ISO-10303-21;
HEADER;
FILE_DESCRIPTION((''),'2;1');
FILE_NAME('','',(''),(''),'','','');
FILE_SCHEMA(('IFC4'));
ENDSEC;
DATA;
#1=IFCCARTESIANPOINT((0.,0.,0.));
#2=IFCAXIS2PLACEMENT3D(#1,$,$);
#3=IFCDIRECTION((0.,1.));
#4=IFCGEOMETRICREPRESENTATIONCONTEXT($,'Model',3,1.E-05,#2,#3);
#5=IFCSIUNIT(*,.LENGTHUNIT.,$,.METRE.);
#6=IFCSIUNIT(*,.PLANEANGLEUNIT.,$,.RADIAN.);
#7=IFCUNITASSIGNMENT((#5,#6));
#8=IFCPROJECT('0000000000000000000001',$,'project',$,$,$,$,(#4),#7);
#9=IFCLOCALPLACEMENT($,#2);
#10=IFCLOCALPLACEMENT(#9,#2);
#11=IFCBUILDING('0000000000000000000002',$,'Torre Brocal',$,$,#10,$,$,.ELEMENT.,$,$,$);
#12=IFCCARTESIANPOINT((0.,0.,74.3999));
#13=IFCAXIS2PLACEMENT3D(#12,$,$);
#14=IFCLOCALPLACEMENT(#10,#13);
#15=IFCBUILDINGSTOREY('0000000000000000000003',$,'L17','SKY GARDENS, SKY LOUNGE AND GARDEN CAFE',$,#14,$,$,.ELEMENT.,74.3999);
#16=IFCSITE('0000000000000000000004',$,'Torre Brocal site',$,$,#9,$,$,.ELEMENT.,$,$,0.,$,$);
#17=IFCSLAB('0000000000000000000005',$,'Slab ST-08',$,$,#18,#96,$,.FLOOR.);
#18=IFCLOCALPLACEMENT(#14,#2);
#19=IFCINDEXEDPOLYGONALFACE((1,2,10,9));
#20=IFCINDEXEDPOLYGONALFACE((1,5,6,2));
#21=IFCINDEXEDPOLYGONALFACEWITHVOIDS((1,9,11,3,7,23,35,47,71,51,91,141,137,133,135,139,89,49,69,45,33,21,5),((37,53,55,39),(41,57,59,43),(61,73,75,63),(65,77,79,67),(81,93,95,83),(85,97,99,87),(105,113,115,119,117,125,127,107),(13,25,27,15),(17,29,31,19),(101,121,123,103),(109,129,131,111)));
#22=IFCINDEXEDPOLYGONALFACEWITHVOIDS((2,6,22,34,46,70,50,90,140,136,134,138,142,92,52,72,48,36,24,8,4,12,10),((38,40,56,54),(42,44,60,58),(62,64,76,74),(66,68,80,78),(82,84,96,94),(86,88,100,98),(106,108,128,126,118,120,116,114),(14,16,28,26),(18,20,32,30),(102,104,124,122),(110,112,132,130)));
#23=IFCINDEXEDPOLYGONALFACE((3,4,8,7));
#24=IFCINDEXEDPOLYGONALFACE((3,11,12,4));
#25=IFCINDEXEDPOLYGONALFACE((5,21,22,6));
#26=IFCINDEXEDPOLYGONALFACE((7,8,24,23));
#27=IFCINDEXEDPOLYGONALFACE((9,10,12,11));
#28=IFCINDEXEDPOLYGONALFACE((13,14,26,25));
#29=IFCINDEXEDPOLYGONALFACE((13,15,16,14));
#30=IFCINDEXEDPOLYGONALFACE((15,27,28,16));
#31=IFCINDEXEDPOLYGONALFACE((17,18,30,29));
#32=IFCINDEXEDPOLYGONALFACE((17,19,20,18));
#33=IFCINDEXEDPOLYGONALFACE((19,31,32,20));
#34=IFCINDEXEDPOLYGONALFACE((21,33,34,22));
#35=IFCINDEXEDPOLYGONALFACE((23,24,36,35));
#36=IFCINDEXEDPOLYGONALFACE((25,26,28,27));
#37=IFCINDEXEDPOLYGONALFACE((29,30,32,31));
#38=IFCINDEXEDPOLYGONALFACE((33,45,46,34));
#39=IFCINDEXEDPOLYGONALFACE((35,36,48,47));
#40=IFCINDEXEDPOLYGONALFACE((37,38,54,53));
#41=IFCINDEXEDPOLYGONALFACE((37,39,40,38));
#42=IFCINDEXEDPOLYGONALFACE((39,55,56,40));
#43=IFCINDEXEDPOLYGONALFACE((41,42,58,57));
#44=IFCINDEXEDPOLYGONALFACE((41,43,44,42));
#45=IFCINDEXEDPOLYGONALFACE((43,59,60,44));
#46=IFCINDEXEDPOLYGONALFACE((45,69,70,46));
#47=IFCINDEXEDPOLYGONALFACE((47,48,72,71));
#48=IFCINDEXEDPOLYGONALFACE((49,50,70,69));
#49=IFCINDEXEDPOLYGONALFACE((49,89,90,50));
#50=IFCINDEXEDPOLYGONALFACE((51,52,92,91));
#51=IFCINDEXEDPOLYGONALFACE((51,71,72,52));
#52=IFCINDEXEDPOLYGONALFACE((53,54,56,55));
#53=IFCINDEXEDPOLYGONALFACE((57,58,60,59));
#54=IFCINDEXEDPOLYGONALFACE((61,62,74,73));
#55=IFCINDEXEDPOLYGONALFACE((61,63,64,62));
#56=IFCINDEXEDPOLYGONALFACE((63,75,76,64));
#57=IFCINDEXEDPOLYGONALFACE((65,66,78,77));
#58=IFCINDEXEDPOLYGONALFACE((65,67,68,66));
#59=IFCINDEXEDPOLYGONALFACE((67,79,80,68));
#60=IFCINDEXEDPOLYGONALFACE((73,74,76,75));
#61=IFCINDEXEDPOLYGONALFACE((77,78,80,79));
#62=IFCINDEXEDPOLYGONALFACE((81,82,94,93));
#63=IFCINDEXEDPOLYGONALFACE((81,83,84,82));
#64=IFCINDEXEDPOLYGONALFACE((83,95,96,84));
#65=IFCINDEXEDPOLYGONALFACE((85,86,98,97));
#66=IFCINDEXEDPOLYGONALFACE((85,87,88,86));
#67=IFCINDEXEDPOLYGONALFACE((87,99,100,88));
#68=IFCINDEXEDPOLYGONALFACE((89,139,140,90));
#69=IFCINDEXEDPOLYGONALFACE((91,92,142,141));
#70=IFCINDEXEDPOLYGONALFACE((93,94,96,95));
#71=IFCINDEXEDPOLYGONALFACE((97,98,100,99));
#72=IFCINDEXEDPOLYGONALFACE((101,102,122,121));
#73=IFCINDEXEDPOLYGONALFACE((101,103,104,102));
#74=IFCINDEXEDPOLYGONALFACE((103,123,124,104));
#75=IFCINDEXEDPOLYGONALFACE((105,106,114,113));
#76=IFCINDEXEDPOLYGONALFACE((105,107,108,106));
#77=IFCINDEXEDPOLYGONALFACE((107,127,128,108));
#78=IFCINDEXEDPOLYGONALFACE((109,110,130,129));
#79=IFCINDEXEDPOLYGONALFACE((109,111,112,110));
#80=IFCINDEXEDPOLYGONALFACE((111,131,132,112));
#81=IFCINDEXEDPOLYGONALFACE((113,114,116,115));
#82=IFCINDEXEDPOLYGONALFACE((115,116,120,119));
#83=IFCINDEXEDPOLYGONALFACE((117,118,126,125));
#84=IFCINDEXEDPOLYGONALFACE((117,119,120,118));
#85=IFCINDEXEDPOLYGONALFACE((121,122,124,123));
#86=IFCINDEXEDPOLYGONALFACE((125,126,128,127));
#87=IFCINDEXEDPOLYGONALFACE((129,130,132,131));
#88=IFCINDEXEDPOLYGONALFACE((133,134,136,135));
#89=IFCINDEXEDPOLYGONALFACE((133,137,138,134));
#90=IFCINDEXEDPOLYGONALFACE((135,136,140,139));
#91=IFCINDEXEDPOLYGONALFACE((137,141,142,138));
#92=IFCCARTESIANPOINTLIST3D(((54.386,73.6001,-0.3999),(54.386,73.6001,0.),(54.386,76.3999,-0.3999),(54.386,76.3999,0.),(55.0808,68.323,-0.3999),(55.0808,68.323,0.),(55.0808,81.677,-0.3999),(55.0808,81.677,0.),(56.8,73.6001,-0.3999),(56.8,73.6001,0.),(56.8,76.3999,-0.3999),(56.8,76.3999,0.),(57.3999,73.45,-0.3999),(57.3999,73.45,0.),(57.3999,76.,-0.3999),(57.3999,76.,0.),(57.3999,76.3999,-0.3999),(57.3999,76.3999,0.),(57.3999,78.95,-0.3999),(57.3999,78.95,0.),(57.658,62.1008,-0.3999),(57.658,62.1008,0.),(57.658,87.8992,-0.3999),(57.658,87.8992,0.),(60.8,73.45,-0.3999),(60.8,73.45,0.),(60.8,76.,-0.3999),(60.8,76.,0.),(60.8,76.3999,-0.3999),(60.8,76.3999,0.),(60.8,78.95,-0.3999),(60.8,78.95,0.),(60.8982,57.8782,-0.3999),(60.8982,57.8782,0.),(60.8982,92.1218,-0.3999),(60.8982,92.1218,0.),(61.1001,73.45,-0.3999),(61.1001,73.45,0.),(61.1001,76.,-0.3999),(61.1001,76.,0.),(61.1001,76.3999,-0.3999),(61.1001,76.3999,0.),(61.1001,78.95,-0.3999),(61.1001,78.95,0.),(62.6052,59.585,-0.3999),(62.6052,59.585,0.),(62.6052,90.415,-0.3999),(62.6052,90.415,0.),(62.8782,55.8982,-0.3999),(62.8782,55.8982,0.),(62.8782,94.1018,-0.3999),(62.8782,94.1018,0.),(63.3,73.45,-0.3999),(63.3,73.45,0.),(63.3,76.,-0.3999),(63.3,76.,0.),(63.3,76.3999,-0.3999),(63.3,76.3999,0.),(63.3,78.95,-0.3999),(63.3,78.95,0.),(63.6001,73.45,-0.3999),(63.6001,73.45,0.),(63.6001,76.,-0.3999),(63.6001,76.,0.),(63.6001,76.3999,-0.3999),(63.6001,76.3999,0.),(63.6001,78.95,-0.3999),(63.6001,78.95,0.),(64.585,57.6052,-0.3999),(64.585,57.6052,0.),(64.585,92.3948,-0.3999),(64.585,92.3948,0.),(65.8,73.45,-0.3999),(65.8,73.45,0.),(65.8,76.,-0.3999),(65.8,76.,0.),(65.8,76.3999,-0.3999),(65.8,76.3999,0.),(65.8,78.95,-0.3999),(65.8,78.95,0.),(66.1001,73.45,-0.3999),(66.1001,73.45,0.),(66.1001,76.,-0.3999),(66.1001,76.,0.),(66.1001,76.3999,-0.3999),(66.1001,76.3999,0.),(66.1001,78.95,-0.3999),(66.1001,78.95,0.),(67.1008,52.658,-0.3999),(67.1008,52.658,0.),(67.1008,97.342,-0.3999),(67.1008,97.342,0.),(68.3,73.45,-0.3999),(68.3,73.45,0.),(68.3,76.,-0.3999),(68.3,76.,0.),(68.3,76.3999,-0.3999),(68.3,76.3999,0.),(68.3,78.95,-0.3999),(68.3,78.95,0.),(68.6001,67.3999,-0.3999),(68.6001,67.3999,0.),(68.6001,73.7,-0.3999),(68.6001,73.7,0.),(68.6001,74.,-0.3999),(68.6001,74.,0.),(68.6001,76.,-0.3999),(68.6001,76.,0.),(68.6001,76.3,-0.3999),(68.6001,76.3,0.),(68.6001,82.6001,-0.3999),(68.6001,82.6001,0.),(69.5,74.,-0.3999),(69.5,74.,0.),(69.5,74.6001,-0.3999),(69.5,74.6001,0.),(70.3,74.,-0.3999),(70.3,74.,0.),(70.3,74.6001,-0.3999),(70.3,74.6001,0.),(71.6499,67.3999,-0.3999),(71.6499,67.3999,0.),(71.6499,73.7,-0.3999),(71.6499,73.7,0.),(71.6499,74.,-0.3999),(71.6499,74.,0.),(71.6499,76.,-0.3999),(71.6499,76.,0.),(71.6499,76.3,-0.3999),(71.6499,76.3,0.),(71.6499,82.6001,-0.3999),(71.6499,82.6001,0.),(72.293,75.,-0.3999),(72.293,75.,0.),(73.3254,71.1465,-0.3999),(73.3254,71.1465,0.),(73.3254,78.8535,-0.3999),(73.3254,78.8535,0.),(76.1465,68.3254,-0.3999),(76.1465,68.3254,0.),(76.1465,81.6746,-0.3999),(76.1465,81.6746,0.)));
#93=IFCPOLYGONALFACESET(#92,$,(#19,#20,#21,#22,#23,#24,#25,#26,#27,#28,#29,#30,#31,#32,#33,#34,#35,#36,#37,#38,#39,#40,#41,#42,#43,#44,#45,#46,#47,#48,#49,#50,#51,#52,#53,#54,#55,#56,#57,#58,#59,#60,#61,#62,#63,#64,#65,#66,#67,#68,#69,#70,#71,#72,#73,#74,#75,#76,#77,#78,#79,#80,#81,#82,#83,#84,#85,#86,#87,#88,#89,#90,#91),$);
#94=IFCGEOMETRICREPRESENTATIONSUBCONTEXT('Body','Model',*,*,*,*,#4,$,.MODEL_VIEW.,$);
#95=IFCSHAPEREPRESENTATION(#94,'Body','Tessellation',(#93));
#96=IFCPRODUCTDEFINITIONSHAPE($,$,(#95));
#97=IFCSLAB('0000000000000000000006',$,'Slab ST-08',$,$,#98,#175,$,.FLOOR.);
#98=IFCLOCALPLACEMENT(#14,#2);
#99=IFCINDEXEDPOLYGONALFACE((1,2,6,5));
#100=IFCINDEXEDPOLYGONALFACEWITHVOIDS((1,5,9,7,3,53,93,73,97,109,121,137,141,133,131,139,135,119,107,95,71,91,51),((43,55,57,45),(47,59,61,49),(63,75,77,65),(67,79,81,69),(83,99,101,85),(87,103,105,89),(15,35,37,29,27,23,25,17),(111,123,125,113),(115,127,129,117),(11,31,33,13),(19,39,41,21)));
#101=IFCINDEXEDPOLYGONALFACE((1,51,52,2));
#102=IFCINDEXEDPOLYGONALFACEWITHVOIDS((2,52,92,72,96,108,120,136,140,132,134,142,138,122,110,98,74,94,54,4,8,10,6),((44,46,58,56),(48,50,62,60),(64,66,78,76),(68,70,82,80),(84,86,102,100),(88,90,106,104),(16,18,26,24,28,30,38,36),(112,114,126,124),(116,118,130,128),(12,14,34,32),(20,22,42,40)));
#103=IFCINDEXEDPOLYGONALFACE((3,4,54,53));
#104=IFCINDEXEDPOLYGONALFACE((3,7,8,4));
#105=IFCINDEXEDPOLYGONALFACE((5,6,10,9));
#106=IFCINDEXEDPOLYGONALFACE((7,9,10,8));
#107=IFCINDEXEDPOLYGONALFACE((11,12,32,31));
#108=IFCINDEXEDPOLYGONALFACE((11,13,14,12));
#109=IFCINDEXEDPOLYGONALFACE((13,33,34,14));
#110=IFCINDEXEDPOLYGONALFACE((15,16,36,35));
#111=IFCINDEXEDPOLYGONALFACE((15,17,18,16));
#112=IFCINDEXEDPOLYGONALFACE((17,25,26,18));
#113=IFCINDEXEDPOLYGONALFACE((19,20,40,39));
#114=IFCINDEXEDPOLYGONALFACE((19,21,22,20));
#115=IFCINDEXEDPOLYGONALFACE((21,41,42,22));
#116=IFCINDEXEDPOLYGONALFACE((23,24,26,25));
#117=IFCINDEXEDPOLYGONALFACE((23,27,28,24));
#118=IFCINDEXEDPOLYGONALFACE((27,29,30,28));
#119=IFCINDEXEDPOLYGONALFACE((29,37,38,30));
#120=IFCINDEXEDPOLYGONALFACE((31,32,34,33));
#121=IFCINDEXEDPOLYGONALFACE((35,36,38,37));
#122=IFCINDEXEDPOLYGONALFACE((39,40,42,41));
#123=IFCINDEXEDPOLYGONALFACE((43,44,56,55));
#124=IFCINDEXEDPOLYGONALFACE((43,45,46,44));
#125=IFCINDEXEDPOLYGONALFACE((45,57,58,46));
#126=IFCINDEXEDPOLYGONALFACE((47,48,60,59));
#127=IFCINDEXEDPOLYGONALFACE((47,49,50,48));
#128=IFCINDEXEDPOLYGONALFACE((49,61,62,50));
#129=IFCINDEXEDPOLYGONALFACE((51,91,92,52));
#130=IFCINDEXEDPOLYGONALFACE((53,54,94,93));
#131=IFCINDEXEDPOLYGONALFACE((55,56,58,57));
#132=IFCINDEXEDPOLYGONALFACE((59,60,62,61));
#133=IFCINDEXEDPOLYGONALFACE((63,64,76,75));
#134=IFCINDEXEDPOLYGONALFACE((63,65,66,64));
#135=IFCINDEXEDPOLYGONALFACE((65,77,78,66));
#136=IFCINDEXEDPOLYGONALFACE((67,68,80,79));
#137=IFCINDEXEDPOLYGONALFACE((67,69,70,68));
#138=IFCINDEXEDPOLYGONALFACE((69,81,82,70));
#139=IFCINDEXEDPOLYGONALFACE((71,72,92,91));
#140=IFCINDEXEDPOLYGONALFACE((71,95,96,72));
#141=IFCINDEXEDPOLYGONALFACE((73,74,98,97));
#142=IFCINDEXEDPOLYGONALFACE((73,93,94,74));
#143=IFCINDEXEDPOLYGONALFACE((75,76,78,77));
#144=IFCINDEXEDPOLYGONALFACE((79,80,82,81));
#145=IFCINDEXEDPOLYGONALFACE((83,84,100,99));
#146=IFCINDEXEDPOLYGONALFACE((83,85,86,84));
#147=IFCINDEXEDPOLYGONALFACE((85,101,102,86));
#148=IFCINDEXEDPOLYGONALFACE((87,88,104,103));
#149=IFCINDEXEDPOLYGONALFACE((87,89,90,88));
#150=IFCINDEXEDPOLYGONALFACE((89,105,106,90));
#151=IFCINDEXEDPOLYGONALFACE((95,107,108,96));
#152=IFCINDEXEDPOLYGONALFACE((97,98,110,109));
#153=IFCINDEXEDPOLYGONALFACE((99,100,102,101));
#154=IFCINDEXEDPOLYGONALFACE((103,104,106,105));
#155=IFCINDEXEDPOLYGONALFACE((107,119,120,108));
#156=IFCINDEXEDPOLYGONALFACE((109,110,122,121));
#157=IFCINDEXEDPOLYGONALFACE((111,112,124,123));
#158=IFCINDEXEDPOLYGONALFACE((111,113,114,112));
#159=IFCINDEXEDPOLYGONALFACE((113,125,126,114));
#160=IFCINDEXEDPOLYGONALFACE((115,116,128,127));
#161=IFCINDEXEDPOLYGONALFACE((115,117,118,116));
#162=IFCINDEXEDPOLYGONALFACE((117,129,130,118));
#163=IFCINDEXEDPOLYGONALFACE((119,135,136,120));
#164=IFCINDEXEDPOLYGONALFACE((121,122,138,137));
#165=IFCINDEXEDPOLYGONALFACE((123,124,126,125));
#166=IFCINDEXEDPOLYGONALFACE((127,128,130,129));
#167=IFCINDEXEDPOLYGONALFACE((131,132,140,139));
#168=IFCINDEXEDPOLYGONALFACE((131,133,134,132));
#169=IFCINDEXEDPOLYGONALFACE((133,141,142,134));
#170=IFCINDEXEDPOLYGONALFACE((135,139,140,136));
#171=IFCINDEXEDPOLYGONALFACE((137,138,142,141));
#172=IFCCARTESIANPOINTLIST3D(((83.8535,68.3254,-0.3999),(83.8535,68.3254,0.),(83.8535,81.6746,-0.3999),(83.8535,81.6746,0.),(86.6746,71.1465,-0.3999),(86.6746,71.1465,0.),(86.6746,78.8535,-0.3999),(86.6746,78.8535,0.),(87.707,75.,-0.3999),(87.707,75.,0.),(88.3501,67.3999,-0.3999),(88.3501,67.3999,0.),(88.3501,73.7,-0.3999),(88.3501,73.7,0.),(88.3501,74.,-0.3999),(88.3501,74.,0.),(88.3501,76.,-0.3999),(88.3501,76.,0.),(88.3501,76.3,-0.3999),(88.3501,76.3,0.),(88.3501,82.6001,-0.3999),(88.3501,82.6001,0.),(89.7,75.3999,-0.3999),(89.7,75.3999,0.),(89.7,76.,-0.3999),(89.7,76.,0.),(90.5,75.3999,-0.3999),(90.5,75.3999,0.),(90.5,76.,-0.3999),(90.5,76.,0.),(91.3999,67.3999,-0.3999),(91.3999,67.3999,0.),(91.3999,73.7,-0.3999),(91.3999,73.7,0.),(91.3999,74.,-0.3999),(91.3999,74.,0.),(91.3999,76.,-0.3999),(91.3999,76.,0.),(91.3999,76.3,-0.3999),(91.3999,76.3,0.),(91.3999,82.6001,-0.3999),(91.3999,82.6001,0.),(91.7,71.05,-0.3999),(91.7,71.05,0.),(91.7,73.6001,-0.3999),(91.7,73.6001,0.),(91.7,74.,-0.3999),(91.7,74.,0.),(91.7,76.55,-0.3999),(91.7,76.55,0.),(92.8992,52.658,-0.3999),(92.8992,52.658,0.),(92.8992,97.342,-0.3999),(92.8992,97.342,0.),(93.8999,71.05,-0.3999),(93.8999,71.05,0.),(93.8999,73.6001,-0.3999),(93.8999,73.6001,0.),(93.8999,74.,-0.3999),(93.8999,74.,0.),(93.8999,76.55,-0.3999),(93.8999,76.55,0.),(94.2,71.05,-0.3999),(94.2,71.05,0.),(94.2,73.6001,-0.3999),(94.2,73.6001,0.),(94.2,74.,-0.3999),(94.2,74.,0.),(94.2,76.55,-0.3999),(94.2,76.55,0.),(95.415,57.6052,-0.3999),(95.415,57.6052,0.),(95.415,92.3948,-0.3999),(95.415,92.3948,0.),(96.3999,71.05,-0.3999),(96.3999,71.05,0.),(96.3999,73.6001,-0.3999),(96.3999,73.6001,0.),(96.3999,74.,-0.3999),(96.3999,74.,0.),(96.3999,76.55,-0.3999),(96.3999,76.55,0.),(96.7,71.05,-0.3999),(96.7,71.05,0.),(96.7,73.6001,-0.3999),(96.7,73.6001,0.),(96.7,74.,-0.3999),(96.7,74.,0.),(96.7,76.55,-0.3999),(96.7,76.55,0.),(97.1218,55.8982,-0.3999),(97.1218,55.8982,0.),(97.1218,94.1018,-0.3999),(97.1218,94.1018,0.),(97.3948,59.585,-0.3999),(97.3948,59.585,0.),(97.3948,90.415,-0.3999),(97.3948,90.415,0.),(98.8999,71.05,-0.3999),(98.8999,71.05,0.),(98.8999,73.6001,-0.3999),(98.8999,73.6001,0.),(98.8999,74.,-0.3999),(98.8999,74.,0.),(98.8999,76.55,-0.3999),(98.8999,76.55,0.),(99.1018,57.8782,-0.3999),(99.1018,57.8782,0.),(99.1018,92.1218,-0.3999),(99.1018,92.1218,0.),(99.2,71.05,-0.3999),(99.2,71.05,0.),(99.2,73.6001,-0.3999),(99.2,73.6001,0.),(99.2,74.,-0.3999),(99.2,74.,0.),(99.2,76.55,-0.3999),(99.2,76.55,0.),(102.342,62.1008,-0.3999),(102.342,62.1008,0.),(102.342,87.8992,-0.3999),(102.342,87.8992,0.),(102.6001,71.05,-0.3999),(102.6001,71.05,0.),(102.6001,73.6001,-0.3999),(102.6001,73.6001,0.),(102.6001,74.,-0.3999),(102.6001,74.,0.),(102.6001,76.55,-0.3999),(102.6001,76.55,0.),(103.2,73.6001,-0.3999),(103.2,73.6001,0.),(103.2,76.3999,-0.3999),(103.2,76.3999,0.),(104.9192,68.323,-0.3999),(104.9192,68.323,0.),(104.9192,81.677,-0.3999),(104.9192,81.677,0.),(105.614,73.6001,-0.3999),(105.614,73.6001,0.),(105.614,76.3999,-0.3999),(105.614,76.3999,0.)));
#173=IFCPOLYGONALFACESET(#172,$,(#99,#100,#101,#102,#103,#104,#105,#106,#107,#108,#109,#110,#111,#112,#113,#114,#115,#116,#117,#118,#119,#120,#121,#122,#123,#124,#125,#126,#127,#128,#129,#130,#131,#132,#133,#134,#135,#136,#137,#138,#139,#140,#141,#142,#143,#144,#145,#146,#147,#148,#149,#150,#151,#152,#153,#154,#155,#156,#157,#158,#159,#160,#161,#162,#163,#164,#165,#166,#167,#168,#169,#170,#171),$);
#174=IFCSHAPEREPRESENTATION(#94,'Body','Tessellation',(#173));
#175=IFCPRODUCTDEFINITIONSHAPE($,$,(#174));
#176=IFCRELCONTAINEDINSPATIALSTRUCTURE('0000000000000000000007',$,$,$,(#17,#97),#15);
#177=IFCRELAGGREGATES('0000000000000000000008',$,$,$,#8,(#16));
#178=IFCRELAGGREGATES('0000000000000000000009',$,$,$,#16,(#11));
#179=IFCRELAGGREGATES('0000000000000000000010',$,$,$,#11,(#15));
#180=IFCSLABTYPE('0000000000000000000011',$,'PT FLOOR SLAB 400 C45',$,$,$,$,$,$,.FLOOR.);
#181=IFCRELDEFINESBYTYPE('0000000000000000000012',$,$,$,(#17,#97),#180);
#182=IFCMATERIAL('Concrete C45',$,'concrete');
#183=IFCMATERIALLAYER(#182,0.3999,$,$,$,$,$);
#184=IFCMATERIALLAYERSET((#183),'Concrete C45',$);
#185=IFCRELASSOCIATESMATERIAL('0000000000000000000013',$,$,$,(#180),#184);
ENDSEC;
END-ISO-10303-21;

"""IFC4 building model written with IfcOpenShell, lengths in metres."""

from ifc_helpers import new_model, si_unit, direction, frame, origin, place, context, subcontext, project, spatial, polyline, outline, extrude, material, layer, layer_set, type_object, element, save


model = new_model("IFC4")

# Units and contexts
model_context = context("Model", 3, precision=1e-05, world=origin(), true_north=direction((0.0, 1.0)))
body_context = subcontext(model_context, "Body", "Model", "MODEL_VIEW")
ifc_project = project(units=[si_unit("LENGTHUNIT", "METRE"), si_unit("PLANEANGLEUNIT", "RADIAN")], contexts=[model_context])

# Site, building, storey
site_placement = place(None, origin())
site = spatial("IfcSite", under=ifc_project, at=site_placement, Name="Torre Brocal site", CompositionType="ELEMENT", RefElevation=0.0)
building_placement = place(site_placement, origin())
building = spatial("IfcBuilding", under=site, at=building_placement, Name="Torre Brocal", CompositionType="ELEMENT")
storey_placement = place(building_placement, frame((0.0, 0.0, 74.3999)))
storey = spatial("IfcBuildingStorey", under=building, at=storey_placement, Name="L17", Description="SKY GARDENS, SKY LOUNGE AND GARDEN CAFE", CompositionType="ELEMENT", Elevation=74.3999)

# Slabs
ifc_material_1 = material(Name="Concrete C45", Category="concrete")
ifc_layer_1 = layer(ifc_material_1, 0.3999)
ifc_layer_set_1 = layer_set([ifc_layer_1], Name="Concrete C45")
slab_type_1 = type_object("IfcSlabType", Name="PT FLOOR SLAB 400 C45", PredefinedType="FLOOR", material=ifc_layer_set_1)
slab_1_placement = place(storey_placement, frame((0.0, 0.0, -0.3999)))
element("IfcSlab", 1, at=slab_1_placement, inside=storey, type_object=slab_type_1, Name="Slab ST-08", PredefinedType="FLOOR", context=body_context, shape_type="SweptSolid", body=[
    extrude(outline(polyline([(60.8982, 57.8782), (57.658, 62.1008), (55.0808, 68.323), (54.386, 73.6001), (56.8, 73.6001), (56.8, 76.3999), (54.386, 76.3999), (55.0808, 81.677), (57.658, 87.8992), (60.8982, 92.1218), (62.6052, 90.415), (64.585, 92.3948), (62.8782, 94.1018), (67.1008, 97.342), (76.1465, 81.6746), (73.3254, 78.8535), (72.293, 75.0), (73.3254, 71.1465), (76.1465, 68.3254), (67.1008, 52.658), (62.8782, 55.8982), (64.585, 57.6052), (62.6052, 59.585), (60.8982, 57.8782)]), holes=[polyline([(68.6001, 67.3999), (71.6499, 67.3999), (71.6499, 73.7), (68.6001, 73.7), (68.6001, 67.3999)]), polyline([(70.3, 74.0), (71.6499, 74.0), (71.6499, 76.0), (68.6001, 76.0), (68.6001, 74.0), (69.5, 74.0), (69.5, 74.6001), (70.3, 74.6001), (70.3, 74.0)]), polyline([(68.6001, 82.6001), (68.6001, 76.3), (71.6499, 76.3), (71.6499, 82.6001), (68.6001, 82.6001)]), polyline([(66.1001, 76.0), (66.1001, 73.45), (68.3, 73.45), (68.3, 76.0), (66.1001, 76.0)]), polyline([(66.1001, 78.95), (66.1001, 76.3999), (68.3, 76.3999), (68.3, 78.95), (66.1001, 78.95)]), polyline([(63.6001, 76.3999), (65.8, 76.3999), (65.8, 78.95), (63.6001, 78.95), (63.6001, 76.3999)]), polyline([(63.6001, 76.0), (63.6001, 73.45), (65.8, 73.45), (65.8, 76.0), (63.6001, 76.0)]), polyline([(61.1001, 73.45), (63.3, 73.45), (63.3, 76.0), (61.1001, 76.0), (61.1001, 73.45)]), polyline([(61.1001, 78.95), (61.1001, 76.3999), (63.3, 76.3999), (63.3, 78.95), (61.1001, 78.95)]), polyline([(57.3999, 73.45), (60.8, 73.45), (60.8, 76.0), (57.3999, 76.0), (57.3999, 73.45)]), polyline([(57.3999, 78.95), (57.3999, 76.3999), (60.8, 76.3999), (60.8, 78.95), (57.3999, 78.95)])]), origin(), (0.0, 0.0, 1.0), 0.3999),
])
slab_2_placement = place(storey_placement, frame((0.0, 0.0, -0.3999)))
element("IfcSlab", 2, at=slab_2_placement, inside=storey, type_object=slab_type_1, Name="Slab ST-08", PredefinedType="FLOOR", context=body_context, shape_type="SweptSolid", body=[
    extrude(outline(polyline([(92.8992, 97.342), (97.1218, 94.1018), (95.415, 92.3948), (97.3948, 90.415), (99.1018, 92.1218), (102.342, 87.8992), (104.9192, 81.677), (105.614, 76.3999), (103.2, 76.3999), (103.2, 73.6001), (105.614, 73.6001), (104.9192, 68.323), (102.342, 62.1008), (99.1018, 57.8782), (97.3948, 59.585), (95.415, 57.6052), (97.1218, 55.8982), (92.8992, 52.658), (83.8535, 68.3254), (86.6746, 71.1465), (87.707, 75.0), (86.6746, 78.8535), (83.8535, 81.6746), (92.8992, 97.342)]), holes=[polyline([(102.6001, 71.05), (102.6001, 73.6001), (99.2, 73.6001), (99.2, 71.05), (102.6001, 71.05)]), polyline([(102.6001, 74.0), (102.6001, 76.55), (99.2, 76.55), (99.2, 74.0), (102.6001, 74.0)]), polyline([(98.8999, 71.05), (98.8999, 73.6001), (96.7, 73.6001), (96.7, 71.05), (98.8999, 71.05)]), polyline([(98.8999, 76.55), (96.7, 76.55), (96.7, 74.0), (98.8999, 74.0), (98.8999, 76.55)]), polyline([(96.3999, 74.0), (96.3999, 76.55), (94.2, 76.55), (94.2, 74.0), (96.3999, 74.0)]), polyline([(96.3999, 73.6001), (94.2, 73.6001), (94.2, 71.05), (96.3999, 71.05), (96.3999, 73.6001)]), polyline([(93.8999, 74.0), (93.8999, 76.55), (91.7, 76.55), (91.7, 74.0), (93.8999, 74.0)]), polyline([(93.8999, 73.6001), (91.7, 73.6001), (91.7, 71.05), (93.8999, 71.05), (93.8999, 73.6001)]), polyline([(91.3999, 76.3), (91.3999, 82.6001), (88.3501, 82.6001), (88.3501, 76.3), (91.3999, 76.3)]), polyline([(89.7, 76.0), (88.3501, 76.0), (88.3501, 74.0), (91.3999, 74.0), (91.3999, 76.0), (90.5, 76.0), (90.5, 75.3999), (89.7, 75.3999), (89.7, 76.0)]), polyline([(91.3999, 73.7), (88.3501, 73.7), (88.3501, 67.3999), (91.3999, 67.3999), (91.3999, 73.7)])]), origin(), (0.0, 0.0, 1.0), 0.3999),
])

save(model, "model.ifc")
